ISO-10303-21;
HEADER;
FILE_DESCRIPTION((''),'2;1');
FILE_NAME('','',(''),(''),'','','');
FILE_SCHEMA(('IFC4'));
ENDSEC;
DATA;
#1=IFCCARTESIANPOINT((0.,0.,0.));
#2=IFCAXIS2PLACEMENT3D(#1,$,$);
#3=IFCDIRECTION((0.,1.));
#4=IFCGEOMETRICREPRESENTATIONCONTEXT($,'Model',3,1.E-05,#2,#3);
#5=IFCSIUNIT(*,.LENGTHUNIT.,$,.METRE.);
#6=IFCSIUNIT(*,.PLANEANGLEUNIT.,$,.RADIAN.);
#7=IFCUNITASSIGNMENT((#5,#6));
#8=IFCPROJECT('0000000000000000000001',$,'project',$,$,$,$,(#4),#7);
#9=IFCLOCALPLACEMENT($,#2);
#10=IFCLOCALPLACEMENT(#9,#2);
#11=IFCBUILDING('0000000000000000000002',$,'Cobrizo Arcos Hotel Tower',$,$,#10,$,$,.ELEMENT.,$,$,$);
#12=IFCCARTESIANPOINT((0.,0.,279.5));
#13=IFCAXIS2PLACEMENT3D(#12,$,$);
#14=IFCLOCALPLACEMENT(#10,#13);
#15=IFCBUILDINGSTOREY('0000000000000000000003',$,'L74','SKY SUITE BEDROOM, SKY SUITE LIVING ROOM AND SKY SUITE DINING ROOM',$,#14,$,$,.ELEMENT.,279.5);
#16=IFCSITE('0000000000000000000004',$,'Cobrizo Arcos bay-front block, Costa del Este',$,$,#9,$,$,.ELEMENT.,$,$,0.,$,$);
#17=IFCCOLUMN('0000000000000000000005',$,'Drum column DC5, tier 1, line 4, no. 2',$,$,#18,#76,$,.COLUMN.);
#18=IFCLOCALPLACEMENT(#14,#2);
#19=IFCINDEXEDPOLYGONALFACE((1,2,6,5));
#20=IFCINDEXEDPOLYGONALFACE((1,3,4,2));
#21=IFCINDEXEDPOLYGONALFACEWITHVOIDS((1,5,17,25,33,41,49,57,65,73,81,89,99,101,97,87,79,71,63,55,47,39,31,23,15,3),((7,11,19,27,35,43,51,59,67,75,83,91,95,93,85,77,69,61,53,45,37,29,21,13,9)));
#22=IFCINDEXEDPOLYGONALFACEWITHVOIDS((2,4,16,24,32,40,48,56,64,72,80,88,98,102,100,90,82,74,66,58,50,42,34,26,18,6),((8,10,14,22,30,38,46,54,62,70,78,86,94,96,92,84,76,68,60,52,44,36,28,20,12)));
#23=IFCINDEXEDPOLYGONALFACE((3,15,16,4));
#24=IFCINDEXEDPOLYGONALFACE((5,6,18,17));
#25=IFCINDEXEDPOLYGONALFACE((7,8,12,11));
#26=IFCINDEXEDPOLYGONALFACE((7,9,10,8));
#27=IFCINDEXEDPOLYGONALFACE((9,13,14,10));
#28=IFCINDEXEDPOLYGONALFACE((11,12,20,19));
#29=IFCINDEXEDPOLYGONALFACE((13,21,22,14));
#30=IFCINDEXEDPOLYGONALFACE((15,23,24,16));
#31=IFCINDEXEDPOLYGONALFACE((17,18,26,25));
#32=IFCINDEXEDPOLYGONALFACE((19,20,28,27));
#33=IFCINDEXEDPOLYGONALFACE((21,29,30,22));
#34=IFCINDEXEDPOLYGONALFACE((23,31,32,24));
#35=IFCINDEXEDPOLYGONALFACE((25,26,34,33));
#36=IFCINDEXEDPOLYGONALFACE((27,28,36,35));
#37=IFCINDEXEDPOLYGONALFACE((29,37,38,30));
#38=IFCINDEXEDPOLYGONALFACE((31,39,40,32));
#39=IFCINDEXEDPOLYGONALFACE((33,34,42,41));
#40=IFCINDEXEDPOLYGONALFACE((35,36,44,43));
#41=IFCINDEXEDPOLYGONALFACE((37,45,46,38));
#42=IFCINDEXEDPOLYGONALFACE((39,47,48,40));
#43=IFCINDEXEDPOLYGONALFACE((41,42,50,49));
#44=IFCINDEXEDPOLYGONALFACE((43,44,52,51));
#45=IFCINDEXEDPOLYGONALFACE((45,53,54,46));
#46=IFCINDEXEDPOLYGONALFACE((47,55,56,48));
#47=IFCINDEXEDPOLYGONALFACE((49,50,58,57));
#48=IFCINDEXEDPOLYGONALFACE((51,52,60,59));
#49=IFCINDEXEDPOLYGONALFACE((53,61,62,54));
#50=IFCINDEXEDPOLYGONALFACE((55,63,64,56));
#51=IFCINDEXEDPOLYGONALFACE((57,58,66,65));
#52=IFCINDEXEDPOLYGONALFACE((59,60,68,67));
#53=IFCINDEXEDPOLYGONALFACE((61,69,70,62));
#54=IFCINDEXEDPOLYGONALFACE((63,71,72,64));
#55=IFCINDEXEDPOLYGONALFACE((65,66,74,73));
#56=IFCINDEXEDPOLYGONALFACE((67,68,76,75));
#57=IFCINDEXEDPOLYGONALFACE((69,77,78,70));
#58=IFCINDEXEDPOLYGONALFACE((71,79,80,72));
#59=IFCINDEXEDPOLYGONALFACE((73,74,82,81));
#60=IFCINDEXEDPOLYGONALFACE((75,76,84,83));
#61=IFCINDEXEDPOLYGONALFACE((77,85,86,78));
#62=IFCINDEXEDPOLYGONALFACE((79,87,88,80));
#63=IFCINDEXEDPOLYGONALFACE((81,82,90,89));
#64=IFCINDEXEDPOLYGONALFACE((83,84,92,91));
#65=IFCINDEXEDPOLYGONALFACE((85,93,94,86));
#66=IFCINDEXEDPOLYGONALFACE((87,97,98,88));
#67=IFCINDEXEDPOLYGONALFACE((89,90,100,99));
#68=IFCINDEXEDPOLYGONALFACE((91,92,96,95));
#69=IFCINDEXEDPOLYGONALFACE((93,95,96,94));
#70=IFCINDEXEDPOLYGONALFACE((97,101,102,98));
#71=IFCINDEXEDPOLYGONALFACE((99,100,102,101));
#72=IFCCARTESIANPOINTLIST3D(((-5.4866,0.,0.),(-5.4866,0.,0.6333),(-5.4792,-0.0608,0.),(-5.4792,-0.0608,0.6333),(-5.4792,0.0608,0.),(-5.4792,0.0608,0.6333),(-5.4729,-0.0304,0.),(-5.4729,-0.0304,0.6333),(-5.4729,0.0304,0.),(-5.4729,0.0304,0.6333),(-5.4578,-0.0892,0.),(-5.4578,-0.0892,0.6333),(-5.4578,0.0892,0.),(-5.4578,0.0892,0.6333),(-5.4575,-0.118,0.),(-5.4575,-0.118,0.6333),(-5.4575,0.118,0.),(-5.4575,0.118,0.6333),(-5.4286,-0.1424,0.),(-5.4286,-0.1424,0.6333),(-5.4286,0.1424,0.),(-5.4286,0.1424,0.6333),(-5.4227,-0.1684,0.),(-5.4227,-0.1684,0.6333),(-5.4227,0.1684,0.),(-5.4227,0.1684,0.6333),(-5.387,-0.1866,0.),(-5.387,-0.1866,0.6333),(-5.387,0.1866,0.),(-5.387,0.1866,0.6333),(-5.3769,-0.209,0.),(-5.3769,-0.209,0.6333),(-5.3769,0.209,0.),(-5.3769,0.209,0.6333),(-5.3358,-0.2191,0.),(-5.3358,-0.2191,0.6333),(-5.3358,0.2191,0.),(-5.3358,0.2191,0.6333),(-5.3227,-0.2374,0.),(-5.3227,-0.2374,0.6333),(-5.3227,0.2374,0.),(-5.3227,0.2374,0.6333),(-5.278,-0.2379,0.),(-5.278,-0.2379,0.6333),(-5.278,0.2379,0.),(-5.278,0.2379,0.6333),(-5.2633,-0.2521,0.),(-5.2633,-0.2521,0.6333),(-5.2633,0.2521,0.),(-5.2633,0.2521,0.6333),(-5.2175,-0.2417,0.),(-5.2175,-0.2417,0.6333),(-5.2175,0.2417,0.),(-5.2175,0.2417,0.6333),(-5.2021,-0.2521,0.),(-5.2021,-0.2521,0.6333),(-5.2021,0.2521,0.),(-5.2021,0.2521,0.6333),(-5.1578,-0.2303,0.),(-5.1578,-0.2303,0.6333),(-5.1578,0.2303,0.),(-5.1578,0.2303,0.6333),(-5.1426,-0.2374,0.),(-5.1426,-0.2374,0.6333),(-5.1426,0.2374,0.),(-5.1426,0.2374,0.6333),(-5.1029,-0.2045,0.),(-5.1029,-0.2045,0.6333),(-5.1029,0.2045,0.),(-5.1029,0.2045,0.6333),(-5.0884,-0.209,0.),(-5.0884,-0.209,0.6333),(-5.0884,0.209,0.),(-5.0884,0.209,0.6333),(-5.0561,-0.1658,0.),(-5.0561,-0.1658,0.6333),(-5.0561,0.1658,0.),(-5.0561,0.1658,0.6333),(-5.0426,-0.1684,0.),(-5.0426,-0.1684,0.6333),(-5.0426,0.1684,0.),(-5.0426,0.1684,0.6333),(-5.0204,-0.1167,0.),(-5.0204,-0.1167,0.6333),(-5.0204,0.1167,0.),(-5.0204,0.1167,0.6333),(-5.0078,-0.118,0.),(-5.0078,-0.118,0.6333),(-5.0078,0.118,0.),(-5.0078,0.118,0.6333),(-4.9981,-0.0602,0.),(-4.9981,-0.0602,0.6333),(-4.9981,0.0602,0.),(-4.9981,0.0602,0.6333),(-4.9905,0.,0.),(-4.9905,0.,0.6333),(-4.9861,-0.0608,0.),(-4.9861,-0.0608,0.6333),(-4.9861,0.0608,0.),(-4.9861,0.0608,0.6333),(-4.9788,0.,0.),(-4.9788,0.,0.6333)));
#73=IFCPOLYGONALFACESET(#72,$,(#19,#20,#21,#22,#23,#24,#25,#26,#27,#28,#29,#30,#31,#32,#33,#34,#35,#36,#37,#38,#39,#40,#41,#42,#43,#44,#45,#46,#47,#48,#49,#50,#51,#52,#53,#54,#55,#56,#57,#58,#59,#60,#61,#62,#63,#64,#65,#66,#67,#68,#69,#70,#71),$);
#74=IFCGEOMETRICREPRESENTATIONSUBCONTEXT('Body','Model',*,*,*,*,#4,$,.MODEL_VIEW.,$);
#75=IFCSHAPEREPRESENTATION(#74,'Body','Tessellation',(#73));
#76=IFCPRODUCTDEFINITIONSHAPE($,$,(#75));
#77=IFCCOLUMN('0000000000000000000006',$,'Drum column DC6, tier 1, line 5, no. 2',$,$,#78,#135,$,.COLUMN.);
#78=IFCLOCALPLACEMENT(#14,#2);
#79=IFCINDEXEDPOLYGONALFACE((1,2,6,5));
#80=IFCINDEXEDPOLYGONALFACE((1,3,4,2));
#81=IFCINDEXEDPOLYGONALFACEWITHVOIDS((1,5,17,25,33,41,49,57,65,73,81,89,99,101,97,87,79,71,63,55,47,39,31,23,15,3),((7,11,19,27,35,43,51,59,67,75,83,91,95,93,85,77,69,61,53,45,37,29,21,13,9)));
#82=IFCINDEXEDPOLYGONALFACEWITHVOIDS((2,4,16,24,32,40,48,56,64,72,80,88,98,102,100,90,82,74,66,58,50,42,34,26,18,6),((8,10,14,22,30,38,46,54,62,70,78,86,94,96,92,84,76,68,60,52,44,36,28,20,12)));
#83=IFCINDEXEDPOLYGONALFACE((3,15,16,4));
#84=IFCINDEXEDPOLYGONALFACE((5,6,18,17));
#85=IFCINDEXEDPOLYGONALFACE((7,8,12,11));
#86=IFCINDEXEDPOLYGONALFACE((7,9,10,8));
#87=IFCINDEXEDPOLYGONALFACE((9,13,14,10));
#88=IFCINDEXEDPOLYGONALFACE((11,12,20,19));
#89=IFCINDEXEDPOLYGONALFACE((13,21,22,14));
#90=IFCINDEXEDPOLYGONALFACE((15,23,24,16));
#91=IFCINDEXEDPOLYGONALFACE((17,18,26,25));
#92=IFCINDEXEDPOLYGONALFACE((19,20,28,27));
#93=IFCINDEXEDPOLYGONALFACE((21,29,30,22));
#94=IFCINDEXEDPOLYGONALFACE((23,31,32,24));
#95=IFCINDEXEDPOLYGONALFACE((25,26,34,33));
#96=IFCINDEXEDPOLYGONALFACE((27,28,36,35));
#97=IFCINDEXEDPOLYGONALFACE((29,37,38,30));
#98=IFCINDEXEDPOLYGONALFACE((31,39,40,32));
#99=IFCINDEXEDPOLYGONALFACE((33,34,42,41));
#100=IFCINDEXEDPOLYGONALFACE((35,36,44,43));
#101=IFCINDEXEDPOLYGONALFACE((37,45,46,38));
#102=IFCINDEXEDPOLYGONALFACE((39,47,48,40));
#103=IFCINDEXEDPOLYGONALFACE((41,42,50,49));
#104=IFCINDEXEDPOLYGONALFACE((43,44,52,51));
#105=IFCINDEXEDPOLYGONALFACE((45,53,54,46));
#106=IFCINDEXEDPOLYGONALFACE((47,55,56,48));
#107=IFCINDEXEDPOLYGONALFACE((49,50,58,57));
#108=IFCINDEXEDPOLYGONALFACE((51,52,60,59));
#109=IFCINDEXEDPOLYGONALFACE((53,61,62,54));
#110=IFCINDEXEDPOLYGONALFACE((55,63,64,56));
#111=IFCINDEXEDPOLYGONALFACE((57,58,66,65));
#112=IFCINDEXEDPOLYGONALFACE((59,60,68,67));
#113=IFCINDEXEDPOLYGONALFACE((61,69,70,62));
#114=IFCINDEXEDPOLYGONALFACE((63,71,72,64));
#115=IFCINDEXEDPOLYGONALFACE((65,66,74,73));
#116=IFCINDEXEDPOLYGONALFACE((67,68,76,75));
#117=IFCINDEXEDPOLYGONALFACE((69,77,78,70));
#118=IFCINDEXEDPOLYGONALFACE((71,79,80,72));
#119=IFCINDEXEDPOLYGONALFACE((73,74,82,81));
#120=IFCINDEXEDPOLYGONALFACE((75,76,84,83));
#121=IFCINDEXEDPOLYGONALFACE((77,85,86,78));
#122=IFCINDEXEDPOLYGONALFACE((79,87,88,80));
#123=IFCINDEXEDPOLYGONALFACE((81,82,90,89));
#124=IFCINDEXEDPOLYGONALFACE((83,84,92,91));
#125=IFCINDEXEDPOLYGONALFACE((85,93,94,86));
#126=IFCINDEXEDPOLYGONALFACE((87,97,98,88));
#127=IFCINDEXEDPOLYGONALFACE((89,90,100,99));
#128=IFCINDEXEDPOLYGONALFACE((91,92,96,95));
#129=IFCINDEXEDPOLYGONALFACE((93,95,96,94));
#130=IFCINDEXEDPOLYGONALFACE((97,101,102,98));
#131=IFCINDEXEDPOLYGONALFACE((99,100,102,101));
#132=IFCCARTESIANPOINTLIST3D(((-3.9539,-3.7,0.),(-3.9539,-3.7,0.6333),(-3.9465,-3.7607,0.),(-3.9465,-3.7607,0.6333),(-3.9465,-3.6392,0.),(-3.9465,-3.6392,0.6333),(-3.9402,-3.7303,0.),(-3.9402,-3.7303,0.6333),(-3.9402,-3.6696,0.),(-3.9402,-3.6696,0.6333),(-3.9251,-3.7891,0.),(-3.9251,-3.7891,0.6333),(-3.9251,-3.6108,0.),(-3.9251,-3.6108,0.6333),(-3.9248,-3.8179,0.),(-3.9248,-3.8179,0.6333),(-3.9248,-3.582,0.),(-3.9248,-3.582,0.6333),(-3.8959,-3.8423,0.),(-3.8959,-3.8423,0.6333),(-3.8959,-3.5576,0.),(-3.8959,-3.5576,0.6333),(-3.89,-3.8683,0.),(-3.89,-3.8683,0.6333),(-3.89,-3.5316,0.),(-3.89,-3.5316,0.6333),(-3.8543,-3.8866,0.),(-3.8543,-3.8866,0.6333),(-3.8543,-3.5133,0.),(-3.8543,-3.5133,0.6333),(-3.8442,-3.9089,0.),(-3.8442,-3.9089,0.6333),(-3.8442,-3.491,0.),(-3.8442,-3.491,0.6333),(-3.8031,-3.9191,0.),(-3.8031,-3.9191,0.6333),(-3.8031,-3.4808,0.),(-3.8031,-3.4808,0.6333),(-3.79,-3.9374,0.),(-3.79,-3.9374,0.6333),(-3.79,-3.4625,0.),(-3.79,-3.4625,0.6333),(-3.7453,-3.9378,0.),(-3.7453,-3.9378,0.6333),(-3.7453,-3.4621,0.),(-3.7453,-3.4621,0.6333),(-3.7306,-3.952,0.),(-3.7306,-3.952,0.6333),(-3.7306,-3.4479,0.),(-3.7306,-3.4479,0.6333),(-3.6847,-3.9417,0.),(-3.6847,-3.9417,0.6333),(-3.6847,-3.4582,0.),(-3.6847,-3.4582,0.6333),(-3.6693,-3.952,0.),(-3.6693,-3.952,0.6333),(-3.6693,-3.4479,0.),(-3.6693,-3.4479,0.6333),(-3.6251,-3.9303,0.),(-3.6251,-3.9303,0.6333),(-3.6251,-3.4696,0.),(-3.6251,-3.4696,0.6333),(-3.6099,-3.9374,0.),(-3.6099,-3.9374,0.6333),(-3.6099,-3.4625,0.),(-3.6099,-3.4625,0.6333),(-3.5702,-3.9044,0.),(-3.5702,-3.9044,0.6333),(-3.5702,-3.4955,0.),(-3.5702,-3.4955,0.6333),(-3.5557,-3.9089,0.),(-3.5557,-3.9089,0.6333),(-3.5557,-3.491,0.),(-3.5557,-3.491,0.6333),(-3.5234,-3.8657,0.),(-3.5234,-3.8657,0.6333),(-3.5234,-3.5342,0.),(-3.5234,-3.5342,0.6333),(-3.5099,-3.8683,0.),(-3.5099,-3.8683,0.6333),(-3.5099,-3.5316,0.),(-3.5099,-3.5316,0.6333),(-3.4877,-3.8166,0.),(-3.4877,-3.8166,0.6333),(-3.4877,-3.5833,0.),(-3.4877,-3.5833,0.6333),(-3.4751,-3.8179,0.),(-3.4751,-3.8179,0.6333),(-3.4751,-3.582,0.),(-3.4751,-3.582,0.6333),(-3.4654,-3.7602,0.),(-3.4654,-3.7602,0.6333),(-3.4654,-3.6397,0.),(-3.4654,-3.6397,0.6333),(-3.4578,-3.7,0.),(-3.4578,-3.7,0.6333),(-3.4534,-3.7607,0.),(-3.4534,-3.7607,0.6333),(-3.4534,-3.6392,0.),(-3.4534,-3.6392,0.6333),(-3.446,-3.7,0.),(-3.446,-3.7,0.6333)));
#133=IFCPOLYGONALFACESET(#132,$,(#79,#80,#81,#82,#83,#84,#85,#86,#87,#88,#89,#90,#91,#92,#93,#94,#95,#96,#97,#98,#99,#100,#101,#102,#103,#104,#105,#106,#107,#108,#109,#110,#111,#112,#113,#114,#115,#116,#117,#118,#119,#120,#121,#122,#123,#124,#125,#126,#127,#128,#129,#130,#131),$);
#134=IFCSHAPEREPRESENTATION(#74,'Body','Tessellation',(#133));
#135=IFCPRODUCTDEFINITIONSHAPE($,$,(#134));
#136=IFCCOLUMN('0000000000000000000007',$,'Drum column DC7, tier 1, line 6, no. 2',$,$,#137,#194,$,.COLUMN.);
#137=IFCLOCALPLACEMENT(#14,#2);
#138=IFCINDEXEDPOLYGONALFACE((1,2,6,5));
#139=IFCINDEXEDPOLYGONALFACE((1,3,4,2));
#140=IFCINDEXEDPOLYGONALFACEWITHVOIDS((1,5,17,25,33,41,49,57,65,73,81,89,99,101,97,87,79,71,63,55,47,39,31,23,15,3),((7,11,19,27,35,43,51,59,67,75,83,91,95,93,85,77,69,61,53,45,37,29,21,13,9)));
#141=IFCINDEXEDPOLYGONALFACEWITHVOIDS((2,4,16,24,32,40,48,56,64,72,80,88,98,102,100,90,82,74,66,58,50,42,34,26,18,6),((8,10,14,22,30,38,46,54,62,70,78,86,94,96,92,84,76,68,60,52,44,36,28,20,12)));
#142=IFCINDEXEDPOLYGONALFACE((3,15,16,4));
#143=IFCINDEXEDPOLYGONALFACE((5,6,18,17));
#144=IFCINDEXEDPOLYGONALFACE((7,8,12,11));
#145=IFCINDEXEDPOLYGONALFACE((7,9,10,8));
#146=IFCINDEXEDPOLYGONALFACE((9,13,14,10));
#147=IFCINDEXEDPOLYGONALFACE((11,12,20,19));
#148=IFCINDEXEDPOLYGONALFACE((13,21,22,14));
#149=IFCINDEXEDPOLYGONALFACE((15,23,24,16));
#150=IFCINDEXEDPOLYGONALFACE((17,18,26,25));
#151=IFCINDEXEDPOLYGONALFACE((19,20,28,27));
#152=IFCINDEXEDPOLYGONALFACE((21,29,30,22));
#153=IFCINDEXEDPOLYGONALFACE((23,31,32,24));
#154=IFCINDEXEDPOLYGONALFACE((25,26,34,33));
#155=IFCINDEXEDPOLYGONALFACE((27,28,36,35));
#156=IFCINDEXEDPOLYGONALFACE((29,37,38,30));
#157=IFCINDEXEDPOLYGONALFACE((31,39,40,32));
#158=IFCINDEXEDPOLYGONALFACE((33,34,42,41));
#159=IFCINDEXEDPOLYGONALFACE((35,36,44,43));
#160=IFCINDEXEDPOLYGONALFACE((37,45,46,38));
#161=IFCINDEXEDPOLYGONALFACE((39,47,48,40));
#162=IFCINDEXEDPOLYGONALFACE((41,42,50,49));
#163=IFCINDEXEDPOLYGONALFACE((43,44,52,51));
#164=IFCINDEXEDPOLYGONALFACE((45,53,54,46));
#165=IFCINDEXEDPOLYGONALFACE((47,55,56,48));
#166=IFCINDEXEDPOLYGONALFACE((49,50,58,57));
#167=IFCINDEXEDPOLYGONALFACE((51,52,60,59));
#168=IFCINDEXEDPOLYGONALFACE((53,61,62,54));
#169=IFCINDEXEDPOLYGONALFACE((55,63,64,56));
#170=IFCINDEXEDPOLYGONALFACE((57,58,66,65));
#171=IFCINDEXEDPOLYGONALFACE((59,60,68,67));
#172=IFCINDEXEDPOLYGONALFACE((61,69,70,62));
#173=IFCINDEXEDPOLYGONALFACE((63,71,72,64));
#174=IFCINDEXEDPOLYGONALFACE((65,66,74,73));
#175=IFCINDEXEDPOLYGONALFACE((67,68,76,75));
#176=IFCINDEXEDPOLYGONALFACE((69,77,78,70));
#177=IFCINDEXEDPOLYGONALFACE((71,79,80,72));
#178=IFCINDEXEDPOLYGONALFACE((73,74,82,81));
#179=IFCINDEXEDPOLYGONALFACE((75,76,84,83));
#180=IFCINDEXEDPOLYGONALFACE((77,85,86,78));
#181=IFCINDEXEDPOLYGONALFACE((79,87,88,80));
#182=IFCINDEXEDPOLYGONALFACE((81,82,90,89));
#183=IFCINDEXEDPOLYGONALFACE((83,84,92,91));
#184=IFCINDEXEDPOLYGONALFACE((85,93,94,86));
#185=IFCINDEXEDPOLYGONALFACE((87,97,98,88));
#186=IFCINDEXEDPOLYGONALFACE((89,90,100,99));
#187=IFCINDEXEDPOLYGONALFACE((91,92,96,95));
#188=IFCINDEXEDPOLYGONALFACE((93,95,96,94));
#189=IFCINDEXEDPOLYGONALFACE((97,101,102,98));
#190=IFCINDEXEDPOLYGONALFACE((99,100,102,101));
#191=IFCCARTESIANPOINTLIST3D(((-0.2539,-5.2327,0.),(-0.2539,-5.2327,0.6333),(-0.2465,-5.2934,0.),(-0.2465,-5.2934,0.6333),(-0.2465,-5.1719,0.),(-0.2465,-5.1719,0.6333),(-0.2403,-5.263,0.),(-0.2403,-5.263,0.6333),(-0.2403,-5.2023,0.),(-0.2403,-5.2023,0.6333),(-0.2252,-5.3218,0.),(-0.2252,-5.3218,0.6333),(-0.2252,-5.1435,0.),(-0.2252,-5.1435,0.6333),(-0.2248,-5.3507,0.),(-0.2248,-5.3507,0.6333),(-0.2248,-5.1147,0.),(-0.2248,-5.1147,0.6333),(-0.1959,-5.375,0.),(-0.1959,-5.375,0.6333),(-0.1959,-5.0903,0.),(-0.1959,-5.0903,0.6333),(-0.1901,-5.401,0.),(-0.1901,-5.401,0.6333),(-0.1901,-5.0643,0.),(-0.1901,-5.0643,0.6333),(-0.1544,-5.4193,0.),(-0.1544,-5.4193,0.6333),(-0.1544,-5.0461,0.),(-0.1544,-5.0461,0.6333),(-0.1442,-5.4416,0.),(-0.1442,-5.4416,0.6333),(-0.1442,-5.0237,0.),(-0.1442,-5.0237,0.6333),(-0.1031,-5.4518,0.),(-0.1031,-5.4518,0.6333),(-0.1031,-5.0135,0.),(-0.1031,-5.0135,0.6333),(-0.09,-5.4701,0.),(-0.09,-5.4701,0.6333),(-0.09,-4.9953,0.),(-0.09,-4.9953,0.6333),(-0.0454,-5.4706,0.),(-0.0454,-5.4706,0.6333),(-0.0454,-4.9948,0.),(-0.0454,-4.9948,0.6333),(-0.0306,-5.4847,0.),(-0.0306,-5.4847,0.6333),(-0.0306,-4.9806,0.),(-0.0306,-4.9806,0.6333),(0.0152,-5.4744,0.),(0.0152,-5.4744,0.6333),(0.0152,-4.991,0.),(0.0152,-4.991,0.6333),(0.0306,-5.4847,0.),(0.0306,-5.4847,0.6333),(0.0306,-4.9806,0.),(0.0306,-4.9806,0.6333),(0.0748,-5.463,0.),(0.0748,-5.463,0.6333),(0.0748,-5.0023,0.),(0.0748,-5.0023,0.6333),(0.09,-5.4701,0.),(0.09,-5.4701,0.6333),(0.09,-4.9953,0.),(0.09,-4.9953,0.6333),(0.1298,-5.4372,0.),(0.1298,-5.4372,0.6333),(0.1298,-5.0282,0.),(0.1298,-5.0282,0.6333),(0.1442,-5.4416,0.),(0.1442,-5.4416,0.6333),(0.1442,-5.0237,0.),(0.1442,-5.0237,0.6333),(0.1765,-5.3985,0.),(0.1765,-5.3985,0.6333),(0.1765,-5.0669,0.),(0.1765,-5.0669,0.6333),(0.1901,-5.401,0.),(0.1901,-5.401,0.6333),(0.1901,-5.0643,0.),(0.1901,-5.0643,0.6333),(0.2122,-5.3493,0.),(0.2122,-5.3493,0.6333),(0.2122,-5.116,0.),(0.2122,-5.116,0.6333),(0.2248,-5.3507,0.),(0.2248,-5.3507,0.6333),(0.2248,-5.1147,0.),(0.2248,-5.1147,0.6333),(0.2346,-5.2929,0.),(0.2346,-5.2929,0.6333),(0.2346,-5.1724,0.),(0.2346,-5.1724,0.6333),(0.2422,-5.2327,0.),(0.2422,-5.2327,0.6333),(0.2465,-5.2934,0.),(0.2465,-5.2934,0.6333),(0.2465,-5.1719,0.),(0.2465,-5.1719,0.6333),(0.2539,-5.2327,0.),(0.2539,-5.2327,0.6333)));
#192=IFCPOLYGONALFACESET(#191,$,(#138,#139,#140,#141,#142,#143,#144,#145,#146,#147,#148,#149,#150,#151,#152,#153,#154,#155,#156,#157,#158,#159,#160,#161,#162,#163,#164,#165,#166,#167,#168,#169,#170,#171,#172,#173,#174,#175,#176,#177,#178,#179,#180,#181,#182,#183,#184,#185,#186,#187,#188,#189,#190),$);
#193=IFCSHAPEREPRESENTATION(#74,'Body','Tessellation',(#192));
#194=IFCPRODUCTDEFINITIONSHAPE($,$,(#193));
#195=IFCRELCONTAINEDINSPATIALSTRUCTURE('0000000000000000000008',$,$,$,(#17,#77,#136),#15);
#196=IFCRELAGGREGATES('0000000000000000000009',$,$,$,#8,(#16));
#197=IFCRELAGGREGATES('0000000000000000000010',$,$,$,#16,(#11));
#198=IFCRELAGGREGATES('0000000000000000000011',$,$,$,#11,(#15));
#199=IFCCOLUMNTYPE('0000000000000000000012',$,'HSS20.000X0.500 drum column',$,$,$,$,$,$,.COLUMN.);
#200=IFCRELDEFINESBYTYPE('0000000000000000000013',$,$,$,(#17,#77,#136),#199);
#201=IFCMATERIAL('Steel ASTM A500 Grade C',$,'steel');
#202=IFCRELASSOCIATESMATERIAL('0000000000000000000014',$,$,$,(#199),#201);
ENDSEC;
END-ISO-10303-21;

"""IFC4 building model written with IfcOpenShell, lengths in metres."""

from ifc_helpers import new_model, si_unit, direction, frame, origin, origin_2d, place, context, subcontext, project, spatial, hollow_circle, extrude, material, material_profile, profile_set, type_object, element, save


model = new_model("IFC4")

# Units and contexts
model_context = context("Model", 3, precision=1e-05, world=origin(), true_north=direction((0.0, 1.0)))
body_context = subcontext(model_context, "Body", "Model", "MODEL_VIEW")
ifc_project = project(units=[si_unit("LENGTHUNIT", "METRE"), si_unit("PLANEANGLEUNIT", "RADIAN")], contexts=[model_context])

# Site, building, storey
site_placement = place(None, origin())
site = spatial("IfcSite", under=ifc_project, at=site_placement, Name="Cobrizo Arcos bay-front block, Costa del Este", CompositionType="ELEMENT", RefElevation=0.0)
building_placement = place(site_placement, origin())
building = spatial("IfcBuilding", under=site, at=building_placement, Name="Cobrizo Arcos Hotel Tower", CompositionType="ELEMENT")
storey_placement = place(building_placement, frame((0.0, 0.0, 279.5)))
storey = spatial("IfcBuildingStorey", under=building, at=storey_placement, Name="L74", Description="SKY SUITE BEDROOM, SKY SUITE LIVING ROOM AND SKY SUITE DINING ROOM", CompositionType="ELEMENT", Elevation=279.5)

# Columns
ifc_material_1 = material(Name="Steel ASTM A500 Grade C", Category="steel")
ifc_material_profile_1 = material_profile(ifc_material_1, hollow_circle(Radius=0.2539, WallThickness=0.0117, at=origin_2d()), Name="HSS20.000X0.500")
ifc_profile_set_1 = profile_set([ifc_material_profile_1], Name="Steel ASTM A500 Grade C")
column_type = type_object("IfcColumnType", Name="HSS20.000X0.500 drum column", PredefinedType="COLUMN", material=ifc_profile_set_1)
for number, where, z_axis, x_axis, name in (
    (1, (-5.2327, 0.0, 0.0), (0.0, 0.0, 1.0), (1.0, 0.0, 0.0), "Drum column DC5, tier 1, line 4, no. 2"),
    (2, (-3.7, -3.7, 0.0), (0.0, 0.0, 1.0), (1.0, 0.0, 0.0), "Drum column DC6, tier 1, line 5, no. 2"),
    (3, (0.0, -5.2327, 0.0), (0.0, 0.0, 1.0), (1.0, 0.0, 0.0), "Drum column DC7, tier 1, line 6, no. 2"),
):
    element("IfcColumn", number, at=place(storey_placement, frame(where, z_axis=z_axis, x_axis=x_axis)), inside=storey, type_object=column_type, Name=name, PredefinedType="COLUMN", context=body_context, shape_type="SweptSolid", body=[
        extrude(hollow_circle(Radius=0.2539, WallThickness=0.0117, at=origin_2d()), origin(), (0.0, 0.0, 1.0), 0.6333),
    ])

save(model, "model.ifc")
